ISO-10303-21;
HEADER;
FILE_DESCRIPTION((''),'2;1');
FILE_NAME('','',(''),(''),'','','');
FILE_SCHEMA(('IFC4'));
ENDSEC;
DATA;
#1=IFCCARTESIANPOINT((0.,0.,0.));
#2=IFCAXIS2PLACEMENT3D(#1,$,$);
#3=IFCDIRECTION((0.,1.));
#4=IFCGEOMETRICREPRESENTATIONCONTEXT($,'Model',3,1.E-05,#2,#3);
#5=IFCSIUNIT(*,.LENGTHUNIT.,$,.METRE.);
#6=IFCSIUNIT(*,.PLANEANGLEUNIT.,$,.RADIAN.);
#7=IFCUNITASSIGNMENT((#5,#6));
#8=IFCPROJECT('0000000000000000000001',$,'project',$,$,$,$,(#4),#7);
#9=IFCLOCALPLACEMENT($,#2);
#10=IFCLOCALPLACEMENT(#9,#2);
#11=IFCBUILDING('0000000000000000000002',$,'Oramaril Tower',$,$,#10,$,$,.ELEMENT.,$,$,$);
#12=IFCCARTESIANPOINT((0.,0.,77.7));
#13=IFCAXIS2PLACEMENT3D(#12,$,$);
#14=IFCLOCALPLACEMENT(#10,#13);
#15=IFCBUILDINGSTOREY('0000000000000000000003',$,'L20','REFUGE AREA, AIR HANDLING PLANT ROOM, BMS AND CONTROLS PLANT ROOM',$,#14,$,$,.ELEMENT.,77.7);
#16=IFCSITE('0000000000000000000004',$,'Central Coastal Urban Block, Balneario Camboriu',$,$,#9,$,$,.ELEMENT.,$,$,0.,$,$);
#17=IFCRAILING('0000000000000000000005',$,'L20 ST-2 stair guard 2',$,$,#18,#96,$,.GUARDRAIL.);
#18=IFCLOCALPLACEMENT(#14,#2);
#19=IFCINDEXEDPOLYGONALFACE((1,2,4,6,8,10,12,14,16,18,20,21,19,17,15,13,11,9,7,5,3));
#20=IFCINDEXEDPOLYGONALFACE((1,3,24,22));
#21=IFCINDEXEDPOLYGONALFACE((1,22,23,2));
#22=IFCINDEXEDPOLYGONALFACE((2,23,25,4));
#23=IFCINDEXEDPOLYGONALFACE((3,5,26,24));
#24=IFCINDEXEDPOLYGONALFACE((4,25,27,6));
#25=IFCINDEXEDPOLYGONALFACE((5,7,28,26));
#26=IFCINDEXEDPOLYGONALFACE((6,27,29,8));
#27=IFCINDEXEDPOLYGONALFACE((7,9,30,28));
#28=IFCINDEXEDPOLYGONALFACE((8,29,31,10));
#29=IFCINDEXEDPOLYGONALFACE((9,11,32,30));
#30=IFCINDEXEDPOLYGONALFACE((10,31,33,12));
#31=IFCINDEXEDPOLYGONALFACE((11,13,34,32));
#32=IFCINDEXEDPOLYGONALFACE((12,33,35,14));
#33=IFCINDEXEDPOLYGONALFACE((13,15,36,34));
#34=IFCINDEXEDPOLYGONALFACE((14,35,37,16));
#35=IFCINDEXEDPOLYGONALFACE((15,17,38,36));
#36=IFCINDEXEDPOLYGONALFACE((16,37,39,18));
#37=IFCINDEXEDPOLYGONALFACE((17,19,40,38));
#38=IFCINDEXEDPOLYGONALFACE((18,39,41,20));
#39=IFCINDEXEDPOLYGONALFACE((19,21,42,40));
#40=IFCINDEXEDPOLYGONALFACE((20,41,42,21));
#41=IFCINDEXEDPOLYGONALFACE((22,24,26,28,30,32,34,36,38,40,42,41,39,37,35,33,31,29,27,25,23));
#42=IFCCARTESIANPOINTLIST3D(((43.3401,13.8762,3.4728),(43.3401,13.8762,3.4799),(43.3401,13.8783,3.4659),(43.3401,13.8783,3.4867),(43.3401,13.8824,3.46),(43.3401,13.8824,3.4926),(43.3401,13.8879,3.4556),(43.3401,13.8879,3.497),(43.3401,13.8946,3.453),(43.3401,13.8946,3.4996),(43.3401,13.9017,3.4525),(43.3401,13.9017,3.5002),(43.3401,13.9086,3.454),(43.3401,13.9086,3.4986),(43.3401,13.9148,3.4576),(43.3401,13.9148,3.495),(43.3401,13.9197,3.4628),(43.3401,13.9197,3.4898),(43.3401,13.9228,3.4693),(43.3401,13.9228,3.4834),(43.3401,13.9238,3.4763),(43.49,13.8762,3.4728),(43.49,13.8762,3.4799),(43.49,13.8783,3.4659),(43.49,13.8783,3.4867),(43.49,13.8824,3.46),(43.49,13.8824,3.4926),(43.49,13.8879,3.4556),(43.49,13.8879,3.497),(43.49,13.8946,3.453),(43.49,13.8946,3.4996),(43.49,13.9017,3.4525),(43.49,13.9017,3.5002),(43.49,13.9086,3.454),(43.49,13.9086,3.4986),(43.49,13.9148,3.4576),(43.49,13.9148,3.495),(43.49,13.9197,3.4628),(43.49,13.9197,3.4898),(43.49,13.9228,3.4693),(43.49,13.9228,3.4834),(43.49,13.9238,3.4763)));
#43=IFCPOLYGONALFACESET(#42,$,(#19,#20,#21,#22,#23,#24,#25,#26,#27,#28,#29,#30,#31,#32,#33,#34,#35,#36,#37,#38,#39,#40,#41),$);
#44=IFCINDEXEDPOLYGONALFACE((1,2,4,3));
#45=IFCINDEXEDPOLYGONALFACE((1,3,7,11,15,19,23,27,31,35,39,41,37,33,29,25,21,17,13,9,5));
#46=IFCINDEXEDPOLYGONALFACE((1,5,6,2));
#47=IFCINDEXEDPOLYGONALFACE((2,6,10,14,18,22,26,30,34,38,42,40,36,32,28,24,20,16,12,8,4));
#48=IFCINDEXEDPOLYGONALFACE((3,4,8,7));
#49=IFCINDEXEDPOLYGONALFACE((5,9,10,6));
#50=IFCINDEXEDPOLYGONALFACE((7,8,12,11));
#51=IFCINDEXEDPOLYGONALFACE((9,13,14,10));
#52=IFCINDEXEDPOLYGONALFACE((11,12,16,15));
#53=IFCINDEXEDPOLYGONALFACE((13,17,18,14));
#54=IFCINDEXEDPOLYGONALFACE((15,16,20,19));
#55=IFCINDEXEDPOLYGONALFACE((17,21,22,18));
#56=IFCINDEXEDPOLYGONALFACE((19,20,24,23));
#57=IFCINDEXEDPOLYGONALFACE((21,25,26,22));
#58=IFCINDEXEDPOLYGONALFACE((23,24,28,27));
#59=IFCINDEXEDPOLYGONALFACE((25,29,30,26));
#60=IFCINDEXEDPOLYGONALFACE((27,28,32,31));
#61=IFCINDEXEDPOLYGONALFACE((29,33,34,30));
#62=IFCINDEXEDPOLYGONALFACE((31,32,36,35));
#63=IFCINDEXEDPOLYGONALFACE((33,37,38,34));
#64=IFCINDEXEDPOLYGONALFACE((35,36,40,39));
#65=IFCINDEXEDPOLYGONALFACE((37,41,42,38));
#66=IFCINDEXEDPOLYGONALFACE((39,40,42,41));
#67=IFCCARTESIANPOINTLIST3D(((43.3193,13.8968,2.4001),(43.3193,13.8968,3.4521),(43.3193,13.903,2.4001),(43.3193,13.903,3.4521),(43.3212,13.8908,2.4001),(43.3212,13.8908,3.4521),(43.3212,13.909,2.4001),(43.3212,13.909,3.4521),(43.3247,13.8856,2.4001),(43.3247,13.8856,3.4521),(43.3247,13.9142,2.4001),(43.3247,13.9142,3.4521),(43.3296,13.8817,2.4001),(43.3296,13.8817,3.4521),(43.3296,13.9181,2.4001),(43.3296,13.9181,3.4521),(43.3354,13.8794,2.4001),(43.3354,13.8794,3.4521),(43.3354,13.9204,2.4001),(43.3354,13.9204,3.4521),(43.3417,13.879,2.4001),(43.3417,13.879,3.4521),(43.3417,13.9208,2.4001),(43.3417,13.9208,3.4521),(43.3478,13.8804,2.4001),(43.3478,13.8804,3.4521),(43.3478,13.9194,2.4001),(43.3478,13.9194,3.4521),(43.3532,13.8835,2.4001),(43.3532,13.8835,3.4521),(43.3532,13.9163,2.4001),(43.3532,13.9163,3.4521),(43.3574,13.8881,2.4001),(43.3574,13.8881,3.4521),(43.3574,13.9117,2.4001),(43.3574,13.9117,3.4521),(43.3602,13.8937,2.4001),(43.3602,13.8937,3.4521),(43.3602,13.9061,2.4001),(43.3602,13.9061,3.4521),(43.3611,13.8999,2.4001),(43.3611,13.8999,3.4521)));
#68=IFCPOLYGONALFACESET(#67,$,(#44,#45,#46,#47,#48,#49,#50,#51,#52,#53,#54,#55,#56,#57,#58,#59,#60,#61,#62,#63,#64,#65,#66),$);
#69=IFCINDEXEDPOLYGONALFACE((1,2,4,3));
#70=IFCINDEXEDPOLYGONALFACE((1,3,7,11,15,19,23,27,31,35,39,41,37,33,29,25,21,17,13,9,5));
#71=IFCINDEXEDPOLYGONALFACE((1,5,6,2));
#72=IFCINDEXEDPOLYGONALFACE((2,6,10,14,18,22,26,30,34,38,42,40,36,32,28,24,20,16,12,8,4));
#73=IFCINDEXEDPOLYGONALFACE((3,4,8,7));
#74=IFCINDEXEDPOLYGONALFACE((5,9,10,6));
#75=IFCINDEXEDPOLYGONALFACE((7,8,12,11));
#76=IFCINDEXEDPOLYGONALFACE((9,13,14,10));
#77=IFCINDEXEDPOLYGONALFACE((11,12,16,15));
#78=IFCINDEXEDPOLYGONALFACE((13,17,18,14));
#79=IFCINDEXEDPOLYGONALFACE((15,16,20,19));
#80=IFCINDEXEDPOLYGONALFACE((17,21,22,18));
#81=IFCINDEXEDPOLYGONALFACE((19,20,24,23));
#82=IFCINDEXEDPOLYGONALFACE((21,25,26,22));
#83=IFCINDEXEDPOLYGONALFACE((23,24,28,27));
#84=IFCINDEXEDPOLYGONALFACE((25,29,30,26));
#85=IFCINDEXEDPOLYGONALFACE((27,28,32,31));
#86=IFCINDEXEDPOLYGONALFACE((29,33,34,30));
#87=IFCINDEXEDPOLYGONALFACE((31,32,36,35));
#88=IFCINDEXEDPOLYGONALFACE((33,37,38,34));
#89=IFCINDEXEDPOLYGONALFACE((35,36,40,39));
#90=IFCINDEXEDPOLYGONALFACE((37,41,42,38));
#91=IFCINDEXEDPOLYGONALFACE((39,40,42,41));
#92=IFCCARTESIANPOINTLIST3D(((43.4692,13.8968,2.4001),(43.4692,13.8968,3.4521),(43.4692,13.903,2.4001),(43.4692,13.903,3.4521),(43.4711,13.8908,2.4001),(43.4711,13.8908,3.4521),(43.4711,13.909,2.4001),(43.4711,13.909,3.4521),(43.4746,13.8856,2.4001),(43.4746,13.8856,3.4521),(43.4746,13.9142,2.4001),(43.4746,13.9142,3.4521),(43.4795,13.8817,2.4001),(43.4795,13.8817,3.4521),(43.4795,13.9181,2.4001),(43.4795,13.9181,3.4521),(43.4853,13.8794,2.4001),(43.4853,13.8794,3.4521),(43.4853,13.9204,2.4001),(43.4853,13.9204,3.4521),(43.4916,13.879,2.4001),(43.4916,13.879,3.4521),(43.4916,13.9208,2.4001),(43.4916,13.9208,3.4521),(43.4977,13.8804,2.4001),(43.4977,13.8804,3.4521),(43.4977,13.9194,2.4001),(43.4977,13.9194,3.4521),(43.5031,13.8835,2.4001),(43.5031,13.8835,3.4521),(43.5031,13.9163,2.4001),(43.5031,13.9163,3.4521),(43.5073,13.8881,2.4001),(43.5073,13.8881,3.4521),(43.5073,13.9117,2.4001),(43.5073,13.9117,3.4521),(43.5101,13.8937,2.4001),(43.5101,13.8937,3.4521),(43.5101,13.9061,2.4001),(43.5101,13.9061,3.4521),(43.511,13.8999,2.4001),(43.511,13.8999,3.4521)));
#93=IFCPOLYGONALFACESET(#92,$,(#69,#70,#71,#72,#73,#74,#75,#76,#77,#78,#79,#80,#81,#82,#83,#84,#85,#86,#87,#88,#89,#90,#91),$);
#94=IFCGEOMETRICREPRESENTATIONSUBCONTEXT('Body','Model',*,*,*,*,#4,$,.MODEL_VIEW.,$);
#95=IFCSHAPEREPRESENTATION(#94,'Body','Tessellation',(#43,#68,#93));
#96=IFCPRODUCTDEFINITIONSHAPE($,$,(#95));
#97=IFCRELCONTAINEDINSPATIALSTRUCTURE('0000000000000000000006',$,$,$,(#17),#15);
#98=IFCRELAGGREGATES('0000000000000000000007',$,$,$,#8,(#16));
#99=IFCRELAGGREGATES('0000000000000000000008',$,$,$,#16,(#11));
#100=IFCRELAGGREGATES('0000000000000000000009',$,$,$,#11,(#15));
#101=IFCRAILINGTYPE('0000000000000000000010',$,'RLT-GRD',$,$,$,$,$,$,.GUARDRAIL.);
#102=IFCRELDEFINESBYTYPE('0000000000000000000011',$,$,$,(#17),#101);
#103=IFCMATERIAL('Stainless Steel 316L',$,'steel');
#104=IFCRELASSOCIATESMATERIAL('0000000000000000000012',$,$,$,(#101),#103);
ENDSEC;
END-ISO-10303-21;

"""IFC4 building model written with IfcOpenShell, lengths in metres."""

from ifc_helpers import new_model, si_unit, direction, frame, origin, origin_2d, place, context, subcontext, project, spatial, circle, extrude, material, type_object, element, save


model = new_model("IFC4")

# Units and contexts
model_context = context("Model", 3, precision=1e-05, world=origin(), true_north=direction((0.0, 1.0)))
body_context = subcontext(model_context, "Body", "Model", "MODEL_VIEW")
ifc_project = project(units=[si_unit("LENGTHUNIT", "METRE"), si_unit("PLANEANGLEUNIT", "RADIAN")], contexts=[model_context])

# Site, building, storey
site_placement = place(None, origin())
site = spatial("IfcSite", under=ifc_project, at=site_placement, Name="Central Coastal Urban Block, Balneario Camboriu", CompositionType="ELEMENT", RefElevation=0.0)
building_placement = place(site_placement, origin())
building = spatial("IfcBuilding", under=site, at=building_placement, Name="Oramaril Tower", CompositionType="ELEMENT")
storey_placement = place(building_placement, frame((0.0, 0.0, 77.7)))
storey = spatial("IfcBuildingStorey", under=building, at=storey_placement, Name="L20", Description="REFUGE AREA, AIR HANDLING PLANT ROOM, BMS AND CONTROLS PLANT ROOM", CompositionType="ELEMENT", Elevation=77.7)

# Railing
ifc_material_1 = material(Name="Stainless Steel 316L", Category="steel")
railing_type_1 = type_object("IfcRailingType", Name="RLT-GRD", PredefinedType="GUARDRAIL", material=ifc_material_1)
railing_1_placement = place(storey_placement, frame((43.3401, 13.8999, 2.4001)))
element("IfcRailing", 1, at=railing_1_placement, inside=storey, type_object=railing_type_1, Name="L20 ST-2 stair guard 2", PredefinedType="GUARDRAIL", context=body_context, shape_type="SweptSolid", body=[
    extrude(circle(Radius=0.0239, at=origin_2d()), frame((0.0, 0.0, 1.0762), z_axis=(1.0, 0.0, 0.0), x_axis=(0.0, 1.0, 0.0)), (0.0, 0.0, 1.0), 0.1499),
    extrude(circle(Radius=0.021, at=origin_2d()), origin(), (0.0, 0.0, 1.0), 1.052),
    extrude(circle(Radius=0.021, at=origin_2d()), frame((0.1499, 0.0, 0.0)), (0.0, 0.0, 1.0), 1.052),
])

save(model, "model.ifc")
